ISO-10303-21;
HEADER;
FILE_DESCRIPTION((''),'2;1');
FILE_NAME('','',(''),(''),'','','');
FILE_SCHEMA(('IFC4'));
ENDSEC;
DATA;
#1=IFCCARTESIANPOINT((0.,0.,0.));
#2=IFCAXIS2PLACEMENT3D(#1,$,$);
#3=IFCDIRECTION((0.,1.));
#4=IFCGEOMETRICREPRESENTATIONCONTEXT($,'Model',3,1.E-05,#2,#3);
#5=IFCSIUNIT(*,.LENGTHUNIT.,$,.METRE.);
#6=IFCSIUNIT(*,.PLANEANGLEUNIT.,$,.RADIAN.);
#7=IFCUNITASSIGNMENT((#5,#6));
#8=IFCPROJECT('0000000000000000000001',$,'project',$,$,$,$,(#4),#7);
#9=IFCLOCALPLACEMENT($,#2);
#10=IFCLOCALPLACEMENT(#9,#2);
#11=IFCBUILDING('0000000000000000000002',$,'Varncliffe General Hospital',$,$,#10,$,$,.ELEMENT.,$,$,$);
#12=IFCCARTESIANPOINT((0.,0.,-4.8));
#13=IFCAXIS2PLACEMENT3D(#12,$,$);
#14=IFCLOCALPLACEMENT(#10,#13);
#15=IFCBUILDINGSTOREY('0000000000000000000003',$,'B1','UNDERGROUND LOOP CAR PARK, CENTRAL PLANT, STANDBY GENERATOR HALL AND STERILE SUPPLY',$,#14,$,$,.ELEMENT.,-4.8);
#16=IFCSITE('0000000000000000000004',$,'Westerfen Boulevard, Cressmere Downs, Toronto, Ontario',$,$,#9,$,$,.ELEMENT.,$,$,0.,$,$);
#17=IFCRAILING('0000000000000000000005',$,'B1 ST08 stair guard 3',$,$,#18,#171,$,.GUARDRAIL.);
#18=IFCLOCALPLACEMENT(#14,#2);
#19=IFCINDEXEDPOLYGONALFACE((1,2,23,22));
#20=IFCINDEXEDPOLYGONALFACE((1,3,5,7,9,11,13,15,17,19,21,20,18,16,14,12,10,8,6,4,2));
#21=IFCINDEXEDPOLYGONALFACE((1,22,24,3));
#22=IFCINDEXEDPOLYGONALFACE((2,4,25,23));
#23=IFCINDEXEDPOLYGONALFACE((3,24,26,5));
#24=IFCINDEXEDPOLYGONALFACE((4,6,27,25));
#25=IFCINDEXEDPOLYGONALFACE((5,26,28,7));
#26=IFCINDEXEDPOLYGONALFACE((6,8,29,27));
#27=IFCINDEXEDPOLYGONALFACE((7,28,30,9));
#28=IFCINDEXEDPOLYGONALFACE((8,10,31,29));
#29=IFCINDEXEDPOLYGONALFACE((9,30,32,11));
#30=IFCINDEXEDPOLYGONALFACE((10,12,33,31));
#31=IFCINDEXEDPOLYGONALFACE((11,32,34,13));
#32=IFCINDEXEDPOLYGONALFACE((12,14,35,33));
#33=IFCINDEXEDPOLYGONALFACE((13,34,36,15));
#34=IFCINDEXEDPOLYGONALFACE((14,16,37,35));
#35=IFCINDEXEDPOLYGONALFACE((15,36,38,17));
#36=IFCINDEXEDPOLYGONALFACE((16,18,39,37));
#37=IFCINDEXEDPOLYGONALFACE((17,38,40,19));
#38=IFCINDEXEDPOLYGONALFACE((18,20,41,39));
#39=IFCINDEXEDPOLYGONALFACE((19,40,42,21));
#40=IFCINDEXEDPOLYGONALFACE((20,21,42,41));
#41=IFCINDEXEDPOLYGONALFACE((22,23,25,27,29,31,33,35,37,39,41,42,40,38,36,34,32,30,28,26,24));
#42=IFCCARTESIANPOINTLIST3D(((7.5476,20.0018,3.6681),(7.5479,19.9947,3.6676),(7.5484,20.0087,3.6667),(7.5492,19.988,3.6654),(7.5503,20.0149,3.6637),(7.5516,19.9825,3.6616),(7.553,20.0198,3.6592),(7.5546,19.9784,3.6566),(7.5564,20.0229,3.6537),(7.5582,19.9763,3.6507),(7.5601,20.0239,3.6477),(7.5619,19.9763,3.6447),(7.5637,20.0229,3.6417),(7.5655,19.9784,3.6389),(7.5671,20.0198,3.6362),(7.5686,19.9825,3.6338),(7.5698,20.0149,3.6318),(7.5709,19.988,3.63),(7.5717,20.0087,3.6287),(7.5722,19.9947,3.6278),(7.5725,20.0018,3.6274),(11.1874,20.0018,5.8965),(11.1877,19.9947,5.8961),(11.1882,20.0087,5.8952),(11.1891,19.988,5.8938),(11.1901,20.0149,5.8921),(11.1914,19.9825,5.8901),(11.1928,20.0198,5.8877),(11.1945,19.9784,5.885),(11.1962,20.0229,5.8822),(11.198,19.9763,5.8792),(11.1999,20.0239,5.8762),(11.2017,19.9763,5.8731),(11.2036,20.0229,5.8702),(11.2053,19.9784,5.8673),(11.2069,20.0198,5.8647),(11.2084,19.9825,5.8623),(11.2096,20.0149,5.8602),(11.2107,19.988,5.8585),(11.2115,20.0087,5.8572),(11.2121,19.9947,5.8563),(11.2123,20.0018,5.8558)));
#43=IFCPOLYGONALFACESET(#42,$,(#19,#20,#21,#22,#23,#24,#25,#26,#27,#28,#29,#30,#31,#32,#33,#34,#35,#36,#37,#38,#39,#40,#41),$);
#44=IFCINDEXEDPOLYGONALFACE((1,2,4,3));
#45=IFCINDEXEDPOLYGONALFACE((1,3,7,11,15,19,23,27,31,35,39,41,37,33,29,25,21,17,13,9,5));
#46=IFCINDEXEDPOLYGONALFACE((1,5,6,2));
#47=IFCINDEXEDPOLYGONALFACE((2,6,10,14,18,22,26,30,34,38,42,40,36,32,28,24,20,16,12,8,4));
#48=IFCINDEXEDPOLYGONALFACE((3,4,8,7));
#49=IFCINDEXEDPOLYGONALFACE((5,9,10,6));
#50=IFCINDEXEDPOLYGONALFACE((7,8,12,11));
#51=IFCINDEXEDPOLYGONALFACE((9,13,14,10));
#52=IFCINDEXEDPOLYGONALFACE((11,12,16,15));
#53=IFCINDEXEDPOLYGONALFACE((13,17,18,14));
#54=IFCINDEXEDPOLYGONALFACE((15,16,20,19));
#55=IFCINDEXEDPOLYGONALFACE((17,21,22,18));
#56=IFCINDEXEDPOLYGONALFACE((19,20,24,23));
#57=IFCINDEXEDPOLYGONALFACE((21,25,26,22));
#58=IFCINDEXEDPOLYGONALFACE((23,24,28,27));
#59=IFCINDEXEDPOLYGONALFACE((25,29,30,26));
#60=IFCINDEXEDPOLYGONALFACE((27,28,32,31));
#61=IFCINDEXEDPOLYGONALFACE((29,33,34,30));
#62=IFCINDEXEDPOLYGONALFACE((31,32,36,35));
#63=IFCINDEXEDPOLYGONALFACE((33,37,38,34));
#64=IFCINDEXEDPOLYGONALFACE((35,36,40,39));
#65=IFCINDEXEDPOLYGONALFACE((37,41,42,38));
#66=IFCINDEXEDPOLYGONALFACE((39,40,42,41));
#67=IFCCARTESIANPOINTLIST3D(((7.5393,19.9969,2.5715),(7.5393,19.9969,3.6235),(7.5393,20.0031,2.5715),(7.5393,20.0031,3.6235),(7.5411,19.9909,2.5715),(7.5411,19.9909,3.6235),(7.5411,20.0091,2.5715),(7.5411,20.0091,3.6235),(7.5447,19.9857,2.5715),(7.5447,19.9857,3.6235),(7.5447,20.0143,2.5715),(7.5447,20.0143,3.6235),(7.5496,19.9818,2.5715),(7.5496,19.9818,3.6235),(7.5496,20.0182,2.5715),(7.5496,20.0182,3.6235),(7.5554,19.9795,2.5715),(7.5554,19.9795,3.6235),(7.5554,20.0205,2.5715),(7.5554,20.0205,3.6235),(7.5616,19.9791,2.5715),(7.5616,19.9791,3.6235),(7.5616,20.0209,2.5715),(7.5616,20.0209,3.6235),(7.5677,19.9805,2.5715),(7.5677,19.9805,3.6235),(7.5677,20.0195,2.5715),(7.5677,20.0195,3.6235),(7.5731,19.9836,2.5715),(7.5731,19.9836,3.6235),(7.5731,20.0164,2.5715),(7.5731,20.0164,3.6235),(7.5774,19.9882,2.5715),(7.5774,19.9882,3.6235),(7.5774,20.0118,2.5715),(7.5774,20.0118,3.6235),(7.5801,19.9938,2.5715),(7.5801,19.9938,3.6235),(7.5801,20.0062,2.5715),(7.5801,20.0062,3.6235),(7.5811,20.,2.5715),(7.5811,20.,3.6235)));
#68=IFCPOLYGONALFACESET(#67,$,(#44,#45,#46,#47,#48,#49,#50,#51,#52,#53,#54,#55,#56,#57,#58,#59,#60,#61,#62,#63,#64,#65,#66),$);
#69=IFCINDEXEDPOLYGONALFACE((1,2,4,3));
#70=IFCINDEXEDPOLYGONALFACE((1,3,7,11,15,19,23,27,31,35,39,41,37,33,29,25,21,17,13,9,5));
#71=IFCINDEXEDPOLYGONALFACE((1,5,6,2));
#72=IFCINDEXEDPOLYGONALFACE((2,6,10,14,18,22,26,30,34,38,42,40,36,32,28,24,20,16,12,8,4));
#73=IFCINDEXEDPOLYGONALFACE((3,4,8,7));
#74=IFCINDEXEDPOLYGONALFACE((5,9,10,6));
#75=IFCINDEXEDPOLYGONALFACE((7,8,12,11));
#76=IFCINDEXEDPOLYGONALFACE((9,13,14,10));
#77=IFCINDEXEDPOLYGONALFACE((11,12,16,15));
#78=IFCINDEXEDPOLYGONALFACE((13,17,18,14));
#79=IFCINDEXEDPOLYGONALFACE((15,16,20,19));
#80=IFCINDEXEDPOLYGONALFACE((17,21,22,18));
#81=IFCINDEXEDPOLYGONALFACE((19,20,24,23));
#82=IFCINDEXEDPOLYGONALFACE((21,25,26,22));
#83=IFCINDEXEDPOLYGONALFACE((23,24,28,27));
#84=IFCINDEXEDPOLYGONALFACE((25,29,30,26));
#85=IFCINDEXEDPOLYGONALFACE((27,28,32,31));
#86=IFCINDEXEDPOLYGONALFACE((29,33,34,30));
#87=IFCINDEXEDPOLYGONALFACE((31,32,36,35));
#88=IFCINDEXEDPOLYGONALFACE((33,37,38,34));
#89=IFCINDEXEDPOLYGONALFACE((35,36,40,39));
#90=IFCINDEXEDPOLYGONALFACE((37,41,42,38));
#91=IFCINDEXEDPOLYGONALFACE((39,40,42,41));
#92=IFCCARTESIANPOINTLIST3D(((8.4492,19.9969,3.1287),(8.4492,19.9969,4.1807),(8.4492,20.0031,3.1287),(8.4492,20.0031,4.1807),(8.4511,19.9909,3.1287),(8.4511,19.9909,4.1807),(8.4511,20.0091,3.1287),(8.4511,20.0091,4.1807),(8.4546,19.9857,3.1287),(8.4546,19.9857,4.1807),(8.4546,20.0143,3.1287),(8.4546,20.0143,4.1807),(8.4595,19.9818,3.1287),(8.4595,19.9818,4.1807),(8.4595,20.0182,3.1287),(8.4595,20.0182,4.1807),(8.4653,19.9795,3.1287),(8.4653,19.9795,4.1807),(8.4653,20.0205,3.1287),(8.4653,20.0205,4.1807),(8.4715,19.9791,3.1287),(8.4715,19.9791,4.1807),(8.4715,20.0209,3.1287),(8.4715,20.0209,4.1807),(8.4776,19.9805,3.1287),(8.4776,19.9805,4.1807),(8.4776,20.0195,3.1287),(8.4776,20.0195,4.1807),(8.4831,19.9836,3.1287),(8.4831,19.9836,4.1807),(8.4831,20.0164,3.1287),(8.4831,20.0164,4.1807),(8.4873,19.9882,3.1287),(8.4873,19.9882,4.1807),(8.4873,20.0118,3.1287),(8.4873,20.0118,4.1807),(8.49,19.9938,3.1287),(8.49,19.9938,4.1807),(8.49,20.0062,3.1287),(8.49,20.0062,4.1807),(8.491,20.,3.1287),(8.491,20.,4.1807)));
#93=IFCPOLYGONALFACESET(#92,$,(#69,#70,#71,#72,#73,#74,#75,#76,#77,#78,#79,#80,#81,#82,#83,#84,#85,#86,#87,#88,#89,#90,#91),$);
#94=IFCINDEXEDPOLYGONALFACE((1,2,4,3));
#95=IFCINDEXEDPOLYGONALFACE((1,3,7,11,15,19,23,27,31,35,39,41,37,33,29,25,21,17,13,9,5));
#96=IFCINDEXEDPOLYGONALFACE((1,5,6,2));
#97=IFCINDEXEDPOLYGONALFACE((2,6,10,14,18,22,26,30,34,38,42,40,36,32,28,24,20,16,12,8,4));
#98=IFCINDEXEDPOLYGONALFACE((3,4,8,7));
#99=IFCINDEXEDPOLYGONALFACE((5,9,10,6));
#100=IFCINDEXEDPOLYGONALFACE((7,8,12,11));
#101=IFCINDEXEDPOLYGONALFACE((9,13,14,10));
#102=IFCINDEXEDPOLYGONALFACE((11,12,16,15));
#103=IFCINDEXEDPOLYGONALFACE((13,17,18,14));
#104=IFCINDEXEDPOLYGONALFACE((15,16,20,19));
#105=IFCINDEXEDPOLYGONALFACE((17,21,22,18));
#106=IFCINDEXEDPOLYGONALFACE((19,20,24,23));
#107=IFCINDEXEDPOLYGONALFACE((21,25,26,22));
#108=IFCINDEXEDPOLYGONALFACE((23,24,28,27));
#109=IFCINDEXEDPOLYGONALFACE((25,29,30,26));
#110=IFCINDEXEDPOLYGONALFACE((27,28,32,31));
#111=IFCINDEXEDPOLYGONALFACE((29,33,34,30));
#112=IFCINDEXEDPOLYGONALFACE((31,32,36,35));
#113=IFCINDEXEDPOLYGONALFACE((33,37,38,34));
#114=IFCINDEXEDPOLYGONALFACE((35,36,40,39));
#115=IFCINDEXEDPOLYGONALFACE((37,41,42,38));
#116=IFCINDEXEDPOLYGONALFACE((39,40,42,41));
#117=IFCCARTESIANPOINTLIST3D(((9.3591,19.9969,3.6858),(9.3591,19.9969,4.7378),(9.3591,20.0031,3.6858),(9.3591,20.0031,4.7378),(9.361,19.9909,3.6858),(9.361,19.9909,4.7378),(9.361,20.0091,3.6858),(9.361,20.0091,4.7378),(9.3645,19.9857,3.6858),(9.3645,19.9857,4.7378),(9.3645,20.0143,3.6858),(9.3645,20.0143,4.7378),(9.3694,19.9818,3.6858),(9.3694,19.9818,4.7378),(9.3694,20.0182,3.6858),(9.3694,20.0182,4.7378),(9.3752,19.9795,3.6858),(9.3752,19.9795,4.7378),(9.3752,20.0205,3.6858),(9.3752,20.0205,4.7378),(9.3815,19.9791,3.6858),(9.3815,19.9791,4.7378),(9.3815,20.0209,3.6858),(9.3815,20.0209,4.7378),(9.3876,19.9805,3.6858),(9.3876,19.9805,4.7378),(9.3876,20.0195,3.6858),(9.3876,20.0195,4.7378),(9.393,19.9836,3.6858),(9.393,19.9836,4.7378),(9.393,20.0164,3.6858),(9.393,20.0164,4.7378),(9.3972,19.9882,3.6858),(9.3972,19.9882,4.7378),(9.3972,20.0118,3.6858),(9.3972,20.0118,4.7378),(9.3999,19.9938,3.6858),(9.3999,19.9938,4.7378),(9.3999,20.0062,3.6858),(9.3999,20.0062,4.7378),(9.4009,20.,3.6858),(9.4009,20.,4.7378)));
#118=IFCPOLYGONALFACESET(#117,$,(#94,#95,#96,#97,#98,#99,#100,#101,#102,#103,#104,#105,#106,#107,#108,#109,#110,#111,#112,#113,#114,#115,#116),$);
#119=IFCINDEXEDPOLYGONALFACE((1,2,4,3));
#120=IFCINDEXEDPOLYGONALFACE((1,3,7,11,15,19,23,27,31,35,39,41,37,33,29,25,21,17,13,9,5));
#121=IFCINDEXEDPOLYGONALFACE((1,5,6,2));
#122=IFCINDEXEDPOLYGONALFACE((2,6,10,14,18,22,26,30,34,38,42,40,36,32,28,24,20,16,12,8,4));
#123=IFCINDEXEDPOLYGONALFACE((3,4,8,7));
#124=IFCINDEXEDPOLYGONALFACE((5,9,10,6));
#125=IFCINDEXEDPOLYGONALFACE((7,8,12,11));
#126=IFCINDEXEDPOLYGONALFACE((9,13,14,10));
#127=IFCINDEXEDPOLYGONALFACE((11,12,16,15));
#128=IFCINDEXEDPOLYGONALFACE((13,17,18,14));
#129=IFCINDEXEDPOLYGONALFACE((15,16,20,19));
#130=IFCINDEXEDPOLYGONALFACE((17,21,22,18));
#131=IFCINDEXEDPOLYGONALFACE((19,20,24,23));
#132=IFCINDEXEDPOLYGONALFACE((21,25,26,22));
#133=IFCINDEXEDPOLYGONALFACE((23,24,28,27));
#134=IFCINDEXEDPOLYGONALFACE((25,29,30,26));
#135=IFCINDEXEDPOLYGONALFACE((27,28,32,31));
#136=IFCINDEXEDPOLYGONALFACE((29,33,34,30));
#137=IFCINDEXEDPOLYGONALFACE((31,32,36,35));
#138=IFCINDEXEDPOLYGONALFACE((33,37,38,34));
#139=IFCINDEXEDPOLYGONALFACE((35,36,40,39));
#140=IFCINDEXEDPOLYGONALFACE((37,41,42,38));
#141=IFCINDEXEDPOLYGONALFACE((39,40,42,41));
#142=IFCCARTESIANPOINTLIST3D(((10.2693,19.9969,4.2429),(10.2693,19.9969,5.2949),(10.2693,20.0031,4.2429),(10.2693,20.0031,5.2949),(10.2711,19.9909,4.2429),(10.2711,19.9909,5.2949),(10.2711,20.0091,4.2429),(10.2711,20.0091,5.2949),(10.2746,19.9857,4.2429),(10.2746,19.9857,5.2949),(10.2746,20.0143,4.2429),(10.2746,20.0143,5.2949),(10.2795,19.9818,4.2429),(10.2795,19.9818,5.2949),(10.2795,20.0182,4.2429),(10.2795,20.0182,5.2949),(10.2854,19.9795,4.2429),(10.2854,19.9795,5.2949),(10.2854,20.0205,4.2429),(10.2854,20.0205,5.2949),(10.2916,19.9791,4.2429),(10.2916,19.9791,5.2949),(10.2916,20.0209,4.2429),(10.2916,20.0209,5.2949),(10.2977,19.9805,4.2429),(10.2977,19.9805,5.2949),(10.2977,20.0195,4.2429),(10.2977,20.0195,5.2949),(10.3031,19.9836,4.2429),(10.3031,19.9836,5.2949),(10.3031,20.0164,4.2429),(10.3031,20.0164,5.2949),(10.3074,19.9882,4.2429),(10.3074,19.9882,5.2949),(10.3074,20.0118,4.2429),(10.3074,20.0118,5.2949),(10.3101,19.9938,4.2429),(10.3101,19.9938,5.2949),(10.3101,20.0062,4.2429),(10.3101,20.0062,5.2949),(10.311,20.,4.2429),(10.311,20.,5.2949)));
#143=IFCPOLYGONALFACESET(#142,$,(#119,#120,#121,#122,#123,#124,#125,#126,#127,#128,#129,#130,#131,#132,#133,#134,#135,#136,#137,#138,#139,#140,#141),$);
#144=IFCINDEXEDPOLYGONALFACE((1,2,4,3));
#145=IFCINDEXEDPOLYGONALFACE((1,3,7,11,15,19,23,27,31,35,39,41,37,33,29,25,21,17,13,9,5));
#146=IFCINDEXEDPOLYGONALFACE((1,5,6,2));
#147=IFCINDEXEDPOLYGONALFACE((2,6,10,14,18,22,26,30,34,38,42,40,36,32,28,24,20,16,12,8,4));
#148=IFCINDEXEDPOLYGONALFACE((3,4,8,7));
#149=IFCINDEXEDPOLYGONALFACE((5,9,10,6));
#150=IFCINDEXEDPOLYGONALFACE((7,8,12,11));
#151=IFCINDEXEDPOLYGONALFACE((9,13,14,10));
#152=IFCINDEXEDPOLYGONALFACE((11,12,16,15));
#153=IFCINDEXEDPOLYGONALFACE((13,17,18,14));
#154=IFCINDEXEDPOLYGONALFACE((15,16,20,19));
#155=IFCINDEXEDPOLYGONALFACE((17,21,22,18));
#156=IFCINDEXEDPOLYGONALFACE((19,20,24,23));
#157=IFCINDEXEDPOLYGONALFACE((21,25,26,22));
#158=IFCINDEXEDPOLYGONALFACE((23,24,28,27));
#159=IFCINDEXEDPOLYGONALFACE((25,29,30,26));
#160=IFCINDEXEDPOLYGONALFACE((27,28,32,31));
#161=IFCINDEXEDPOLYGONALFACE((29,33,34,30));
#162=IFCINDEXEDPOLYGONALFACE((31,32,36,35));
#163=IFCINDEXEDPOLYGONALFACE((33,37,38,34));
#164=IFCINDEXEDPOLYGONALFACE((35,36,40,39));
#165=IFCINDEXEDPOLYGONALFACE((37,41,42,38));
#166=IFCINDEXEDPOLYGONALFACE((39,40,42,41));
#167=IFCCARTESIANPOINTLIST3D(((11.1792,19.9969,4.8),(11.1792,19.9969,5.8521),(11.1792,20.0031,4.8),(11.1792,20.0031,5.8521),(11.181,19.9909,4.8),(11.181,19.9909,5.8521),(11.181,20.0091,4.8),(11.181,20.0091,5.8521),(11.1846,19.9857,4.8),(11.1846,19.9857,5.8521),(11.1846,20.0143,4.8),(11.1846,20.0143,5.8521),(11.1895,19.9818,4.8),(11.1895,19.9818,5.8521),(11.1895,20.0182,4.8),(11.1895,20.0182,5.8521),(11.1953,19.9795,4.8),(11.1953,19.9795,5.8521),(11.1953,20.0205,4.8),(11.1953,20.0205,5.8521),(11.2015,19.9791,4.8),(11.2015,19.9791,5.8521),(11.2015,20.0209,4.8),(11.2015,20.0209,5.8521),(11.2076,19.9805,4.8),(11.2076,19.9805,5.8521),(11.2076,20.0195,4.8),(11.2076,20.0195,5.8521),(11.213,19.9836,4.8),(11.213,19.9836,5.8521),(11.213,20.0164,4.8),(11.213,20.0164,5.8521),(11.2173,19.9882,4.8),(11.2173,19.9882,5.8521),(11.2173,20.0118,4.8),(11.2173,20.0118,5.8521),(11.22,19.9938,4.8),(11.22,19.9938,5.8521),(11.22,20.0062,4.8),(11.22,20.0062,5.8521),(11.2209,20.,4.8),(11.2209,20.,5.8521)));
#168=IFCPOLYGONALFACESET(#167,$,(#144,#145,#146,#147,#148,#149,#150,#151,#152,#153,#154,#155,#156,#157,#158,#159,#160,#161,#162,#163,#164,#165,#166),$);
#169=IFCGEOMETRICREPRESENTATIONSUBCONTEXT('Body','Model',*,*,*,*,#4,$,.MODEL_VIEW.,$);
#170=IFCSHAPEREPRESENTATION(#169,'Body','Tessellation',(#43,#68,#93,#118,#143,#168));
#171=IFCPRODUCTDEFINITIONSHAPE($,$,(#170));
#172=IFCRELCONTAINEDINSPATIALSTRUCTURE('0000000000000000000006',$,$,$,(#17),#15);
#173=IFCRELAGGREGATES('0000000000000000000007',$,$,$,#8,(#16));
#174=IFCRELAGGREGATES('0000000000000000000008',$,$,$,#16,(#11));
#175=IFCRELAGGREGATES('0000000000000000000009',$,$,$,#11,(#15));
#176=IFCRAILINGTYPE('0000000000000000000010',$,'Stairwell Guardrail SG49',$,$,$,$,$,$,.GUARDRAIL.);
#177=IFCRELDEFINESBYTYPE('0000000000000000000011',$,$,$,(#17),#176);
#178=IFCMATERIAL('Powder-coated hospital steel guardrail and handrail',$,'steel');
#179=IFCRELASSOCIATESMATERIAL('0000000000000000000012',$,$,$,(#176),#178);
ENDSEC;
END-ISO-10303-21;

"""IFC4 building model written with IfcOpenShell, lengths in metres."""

from ifc_helpers import new_model, si_unit, direction, frame, origin, origin_2d, place, context, subcontext, project, spatial, circle, extrude, material, type_object, element, save


model = new_model("IFC4")

# Units and contexts
model_context = context("Model", 3, precision=1e-05, world=origin(), true_north=direction((0.0, 1.0)))
body_context = subcontext(model_context, "Body", "Model", "MODEL_VIEW")
ifc_project = project(units=[si_unit("LENGTHUNIT", "METRE"), si_unit("PLANEANGLEUNIT", "RADIAN")], contexts=[model_context])

# Site, building, storey
site_placement = place(None, origin())
site = spatial("IfcSite", under=ifc_project, at=site_placement, Name="Westerfen Boulevard, Cressmere Downs, Toronto, Ontario", CompositionType="ELEMENT", RefElevation=0.0)
building_placement = place(site_placement, origin())
building = spatial("IfcBuilding", under=site, at=building_placement, Name="Varncliffe General Hospital", CompositionType="ELEMENT")
storey_placement = place(building_placement, frame((0.0, 0.0, -4.8)))
storey = spatial("IfcBuildingStorey", under=building, at=storey_placement, Name="B1", Description="UNDERGROUND LOOP CAR PARK, CENTRAL PLANT, STANDBY GENERATOR HALL AND STERILE SUPPLY", CompositionType="ELEMENT", Elevation=-4.8)

# Railing
ifc_material_1 = material(Name="Powder-coated hospital steel guardrail and handrail", Category="steel")
railing_type_1 = type_object("IfcRailingType", Name="Stairwell Guardrail SG49", PredefinedType="GUARDRAIL", material=ifc_material_1)
railing_1_placement = place(storey_placement, frame((7.5601, 20.0, 2.5715)))
element("IfcRailing", 1, at=railing_1_placement, inside=storey, type_object=railing_type_1, Name="B1 ST08 stair guard 3", PredefinedType="GUARDRAIL", context=body_context, shape_type="SweptSolid", body=[
    extrude(circle(Radius=0.0239, at=origin_2d()), frame((0.0, 0.0, 1.0762), z_axis=(0.85285, 0.0, 0.522156), x_axis=(0.0, 1.0, 0.0)), (0.0, 0.0, 1.0), 4.2678),
    extrude(circle(Radius=0.021, at=origin_2d()), origin(), (0.0, 0.0, 1.0), 1.052),
    extrude(circle(Radius=0.021, at=origin_2d()), frame((0.9099, 0.0, 0.5571)), (0.0, 0.0, 1.0), 1.052),
    extrude(circle(Radius=0.021, at=origin_2d()), frame((1.8198, 0.0, 1.1143)), (0.0, 0.0, 1.0), 1.052),
    extrude(circle(Radius=0.021, at=origin_2d()), frame((2.73, 0.0, 1.6714)), (0.0, 0.0, 1.0), 1.052),
    extrude(circle(Radius=0.021, at=origin_2d()), frame((3.6399, 0.0, 2.2285)), (0.0, 0.0, 1.0), 1.052),
])

save(model, "model.ifc")
